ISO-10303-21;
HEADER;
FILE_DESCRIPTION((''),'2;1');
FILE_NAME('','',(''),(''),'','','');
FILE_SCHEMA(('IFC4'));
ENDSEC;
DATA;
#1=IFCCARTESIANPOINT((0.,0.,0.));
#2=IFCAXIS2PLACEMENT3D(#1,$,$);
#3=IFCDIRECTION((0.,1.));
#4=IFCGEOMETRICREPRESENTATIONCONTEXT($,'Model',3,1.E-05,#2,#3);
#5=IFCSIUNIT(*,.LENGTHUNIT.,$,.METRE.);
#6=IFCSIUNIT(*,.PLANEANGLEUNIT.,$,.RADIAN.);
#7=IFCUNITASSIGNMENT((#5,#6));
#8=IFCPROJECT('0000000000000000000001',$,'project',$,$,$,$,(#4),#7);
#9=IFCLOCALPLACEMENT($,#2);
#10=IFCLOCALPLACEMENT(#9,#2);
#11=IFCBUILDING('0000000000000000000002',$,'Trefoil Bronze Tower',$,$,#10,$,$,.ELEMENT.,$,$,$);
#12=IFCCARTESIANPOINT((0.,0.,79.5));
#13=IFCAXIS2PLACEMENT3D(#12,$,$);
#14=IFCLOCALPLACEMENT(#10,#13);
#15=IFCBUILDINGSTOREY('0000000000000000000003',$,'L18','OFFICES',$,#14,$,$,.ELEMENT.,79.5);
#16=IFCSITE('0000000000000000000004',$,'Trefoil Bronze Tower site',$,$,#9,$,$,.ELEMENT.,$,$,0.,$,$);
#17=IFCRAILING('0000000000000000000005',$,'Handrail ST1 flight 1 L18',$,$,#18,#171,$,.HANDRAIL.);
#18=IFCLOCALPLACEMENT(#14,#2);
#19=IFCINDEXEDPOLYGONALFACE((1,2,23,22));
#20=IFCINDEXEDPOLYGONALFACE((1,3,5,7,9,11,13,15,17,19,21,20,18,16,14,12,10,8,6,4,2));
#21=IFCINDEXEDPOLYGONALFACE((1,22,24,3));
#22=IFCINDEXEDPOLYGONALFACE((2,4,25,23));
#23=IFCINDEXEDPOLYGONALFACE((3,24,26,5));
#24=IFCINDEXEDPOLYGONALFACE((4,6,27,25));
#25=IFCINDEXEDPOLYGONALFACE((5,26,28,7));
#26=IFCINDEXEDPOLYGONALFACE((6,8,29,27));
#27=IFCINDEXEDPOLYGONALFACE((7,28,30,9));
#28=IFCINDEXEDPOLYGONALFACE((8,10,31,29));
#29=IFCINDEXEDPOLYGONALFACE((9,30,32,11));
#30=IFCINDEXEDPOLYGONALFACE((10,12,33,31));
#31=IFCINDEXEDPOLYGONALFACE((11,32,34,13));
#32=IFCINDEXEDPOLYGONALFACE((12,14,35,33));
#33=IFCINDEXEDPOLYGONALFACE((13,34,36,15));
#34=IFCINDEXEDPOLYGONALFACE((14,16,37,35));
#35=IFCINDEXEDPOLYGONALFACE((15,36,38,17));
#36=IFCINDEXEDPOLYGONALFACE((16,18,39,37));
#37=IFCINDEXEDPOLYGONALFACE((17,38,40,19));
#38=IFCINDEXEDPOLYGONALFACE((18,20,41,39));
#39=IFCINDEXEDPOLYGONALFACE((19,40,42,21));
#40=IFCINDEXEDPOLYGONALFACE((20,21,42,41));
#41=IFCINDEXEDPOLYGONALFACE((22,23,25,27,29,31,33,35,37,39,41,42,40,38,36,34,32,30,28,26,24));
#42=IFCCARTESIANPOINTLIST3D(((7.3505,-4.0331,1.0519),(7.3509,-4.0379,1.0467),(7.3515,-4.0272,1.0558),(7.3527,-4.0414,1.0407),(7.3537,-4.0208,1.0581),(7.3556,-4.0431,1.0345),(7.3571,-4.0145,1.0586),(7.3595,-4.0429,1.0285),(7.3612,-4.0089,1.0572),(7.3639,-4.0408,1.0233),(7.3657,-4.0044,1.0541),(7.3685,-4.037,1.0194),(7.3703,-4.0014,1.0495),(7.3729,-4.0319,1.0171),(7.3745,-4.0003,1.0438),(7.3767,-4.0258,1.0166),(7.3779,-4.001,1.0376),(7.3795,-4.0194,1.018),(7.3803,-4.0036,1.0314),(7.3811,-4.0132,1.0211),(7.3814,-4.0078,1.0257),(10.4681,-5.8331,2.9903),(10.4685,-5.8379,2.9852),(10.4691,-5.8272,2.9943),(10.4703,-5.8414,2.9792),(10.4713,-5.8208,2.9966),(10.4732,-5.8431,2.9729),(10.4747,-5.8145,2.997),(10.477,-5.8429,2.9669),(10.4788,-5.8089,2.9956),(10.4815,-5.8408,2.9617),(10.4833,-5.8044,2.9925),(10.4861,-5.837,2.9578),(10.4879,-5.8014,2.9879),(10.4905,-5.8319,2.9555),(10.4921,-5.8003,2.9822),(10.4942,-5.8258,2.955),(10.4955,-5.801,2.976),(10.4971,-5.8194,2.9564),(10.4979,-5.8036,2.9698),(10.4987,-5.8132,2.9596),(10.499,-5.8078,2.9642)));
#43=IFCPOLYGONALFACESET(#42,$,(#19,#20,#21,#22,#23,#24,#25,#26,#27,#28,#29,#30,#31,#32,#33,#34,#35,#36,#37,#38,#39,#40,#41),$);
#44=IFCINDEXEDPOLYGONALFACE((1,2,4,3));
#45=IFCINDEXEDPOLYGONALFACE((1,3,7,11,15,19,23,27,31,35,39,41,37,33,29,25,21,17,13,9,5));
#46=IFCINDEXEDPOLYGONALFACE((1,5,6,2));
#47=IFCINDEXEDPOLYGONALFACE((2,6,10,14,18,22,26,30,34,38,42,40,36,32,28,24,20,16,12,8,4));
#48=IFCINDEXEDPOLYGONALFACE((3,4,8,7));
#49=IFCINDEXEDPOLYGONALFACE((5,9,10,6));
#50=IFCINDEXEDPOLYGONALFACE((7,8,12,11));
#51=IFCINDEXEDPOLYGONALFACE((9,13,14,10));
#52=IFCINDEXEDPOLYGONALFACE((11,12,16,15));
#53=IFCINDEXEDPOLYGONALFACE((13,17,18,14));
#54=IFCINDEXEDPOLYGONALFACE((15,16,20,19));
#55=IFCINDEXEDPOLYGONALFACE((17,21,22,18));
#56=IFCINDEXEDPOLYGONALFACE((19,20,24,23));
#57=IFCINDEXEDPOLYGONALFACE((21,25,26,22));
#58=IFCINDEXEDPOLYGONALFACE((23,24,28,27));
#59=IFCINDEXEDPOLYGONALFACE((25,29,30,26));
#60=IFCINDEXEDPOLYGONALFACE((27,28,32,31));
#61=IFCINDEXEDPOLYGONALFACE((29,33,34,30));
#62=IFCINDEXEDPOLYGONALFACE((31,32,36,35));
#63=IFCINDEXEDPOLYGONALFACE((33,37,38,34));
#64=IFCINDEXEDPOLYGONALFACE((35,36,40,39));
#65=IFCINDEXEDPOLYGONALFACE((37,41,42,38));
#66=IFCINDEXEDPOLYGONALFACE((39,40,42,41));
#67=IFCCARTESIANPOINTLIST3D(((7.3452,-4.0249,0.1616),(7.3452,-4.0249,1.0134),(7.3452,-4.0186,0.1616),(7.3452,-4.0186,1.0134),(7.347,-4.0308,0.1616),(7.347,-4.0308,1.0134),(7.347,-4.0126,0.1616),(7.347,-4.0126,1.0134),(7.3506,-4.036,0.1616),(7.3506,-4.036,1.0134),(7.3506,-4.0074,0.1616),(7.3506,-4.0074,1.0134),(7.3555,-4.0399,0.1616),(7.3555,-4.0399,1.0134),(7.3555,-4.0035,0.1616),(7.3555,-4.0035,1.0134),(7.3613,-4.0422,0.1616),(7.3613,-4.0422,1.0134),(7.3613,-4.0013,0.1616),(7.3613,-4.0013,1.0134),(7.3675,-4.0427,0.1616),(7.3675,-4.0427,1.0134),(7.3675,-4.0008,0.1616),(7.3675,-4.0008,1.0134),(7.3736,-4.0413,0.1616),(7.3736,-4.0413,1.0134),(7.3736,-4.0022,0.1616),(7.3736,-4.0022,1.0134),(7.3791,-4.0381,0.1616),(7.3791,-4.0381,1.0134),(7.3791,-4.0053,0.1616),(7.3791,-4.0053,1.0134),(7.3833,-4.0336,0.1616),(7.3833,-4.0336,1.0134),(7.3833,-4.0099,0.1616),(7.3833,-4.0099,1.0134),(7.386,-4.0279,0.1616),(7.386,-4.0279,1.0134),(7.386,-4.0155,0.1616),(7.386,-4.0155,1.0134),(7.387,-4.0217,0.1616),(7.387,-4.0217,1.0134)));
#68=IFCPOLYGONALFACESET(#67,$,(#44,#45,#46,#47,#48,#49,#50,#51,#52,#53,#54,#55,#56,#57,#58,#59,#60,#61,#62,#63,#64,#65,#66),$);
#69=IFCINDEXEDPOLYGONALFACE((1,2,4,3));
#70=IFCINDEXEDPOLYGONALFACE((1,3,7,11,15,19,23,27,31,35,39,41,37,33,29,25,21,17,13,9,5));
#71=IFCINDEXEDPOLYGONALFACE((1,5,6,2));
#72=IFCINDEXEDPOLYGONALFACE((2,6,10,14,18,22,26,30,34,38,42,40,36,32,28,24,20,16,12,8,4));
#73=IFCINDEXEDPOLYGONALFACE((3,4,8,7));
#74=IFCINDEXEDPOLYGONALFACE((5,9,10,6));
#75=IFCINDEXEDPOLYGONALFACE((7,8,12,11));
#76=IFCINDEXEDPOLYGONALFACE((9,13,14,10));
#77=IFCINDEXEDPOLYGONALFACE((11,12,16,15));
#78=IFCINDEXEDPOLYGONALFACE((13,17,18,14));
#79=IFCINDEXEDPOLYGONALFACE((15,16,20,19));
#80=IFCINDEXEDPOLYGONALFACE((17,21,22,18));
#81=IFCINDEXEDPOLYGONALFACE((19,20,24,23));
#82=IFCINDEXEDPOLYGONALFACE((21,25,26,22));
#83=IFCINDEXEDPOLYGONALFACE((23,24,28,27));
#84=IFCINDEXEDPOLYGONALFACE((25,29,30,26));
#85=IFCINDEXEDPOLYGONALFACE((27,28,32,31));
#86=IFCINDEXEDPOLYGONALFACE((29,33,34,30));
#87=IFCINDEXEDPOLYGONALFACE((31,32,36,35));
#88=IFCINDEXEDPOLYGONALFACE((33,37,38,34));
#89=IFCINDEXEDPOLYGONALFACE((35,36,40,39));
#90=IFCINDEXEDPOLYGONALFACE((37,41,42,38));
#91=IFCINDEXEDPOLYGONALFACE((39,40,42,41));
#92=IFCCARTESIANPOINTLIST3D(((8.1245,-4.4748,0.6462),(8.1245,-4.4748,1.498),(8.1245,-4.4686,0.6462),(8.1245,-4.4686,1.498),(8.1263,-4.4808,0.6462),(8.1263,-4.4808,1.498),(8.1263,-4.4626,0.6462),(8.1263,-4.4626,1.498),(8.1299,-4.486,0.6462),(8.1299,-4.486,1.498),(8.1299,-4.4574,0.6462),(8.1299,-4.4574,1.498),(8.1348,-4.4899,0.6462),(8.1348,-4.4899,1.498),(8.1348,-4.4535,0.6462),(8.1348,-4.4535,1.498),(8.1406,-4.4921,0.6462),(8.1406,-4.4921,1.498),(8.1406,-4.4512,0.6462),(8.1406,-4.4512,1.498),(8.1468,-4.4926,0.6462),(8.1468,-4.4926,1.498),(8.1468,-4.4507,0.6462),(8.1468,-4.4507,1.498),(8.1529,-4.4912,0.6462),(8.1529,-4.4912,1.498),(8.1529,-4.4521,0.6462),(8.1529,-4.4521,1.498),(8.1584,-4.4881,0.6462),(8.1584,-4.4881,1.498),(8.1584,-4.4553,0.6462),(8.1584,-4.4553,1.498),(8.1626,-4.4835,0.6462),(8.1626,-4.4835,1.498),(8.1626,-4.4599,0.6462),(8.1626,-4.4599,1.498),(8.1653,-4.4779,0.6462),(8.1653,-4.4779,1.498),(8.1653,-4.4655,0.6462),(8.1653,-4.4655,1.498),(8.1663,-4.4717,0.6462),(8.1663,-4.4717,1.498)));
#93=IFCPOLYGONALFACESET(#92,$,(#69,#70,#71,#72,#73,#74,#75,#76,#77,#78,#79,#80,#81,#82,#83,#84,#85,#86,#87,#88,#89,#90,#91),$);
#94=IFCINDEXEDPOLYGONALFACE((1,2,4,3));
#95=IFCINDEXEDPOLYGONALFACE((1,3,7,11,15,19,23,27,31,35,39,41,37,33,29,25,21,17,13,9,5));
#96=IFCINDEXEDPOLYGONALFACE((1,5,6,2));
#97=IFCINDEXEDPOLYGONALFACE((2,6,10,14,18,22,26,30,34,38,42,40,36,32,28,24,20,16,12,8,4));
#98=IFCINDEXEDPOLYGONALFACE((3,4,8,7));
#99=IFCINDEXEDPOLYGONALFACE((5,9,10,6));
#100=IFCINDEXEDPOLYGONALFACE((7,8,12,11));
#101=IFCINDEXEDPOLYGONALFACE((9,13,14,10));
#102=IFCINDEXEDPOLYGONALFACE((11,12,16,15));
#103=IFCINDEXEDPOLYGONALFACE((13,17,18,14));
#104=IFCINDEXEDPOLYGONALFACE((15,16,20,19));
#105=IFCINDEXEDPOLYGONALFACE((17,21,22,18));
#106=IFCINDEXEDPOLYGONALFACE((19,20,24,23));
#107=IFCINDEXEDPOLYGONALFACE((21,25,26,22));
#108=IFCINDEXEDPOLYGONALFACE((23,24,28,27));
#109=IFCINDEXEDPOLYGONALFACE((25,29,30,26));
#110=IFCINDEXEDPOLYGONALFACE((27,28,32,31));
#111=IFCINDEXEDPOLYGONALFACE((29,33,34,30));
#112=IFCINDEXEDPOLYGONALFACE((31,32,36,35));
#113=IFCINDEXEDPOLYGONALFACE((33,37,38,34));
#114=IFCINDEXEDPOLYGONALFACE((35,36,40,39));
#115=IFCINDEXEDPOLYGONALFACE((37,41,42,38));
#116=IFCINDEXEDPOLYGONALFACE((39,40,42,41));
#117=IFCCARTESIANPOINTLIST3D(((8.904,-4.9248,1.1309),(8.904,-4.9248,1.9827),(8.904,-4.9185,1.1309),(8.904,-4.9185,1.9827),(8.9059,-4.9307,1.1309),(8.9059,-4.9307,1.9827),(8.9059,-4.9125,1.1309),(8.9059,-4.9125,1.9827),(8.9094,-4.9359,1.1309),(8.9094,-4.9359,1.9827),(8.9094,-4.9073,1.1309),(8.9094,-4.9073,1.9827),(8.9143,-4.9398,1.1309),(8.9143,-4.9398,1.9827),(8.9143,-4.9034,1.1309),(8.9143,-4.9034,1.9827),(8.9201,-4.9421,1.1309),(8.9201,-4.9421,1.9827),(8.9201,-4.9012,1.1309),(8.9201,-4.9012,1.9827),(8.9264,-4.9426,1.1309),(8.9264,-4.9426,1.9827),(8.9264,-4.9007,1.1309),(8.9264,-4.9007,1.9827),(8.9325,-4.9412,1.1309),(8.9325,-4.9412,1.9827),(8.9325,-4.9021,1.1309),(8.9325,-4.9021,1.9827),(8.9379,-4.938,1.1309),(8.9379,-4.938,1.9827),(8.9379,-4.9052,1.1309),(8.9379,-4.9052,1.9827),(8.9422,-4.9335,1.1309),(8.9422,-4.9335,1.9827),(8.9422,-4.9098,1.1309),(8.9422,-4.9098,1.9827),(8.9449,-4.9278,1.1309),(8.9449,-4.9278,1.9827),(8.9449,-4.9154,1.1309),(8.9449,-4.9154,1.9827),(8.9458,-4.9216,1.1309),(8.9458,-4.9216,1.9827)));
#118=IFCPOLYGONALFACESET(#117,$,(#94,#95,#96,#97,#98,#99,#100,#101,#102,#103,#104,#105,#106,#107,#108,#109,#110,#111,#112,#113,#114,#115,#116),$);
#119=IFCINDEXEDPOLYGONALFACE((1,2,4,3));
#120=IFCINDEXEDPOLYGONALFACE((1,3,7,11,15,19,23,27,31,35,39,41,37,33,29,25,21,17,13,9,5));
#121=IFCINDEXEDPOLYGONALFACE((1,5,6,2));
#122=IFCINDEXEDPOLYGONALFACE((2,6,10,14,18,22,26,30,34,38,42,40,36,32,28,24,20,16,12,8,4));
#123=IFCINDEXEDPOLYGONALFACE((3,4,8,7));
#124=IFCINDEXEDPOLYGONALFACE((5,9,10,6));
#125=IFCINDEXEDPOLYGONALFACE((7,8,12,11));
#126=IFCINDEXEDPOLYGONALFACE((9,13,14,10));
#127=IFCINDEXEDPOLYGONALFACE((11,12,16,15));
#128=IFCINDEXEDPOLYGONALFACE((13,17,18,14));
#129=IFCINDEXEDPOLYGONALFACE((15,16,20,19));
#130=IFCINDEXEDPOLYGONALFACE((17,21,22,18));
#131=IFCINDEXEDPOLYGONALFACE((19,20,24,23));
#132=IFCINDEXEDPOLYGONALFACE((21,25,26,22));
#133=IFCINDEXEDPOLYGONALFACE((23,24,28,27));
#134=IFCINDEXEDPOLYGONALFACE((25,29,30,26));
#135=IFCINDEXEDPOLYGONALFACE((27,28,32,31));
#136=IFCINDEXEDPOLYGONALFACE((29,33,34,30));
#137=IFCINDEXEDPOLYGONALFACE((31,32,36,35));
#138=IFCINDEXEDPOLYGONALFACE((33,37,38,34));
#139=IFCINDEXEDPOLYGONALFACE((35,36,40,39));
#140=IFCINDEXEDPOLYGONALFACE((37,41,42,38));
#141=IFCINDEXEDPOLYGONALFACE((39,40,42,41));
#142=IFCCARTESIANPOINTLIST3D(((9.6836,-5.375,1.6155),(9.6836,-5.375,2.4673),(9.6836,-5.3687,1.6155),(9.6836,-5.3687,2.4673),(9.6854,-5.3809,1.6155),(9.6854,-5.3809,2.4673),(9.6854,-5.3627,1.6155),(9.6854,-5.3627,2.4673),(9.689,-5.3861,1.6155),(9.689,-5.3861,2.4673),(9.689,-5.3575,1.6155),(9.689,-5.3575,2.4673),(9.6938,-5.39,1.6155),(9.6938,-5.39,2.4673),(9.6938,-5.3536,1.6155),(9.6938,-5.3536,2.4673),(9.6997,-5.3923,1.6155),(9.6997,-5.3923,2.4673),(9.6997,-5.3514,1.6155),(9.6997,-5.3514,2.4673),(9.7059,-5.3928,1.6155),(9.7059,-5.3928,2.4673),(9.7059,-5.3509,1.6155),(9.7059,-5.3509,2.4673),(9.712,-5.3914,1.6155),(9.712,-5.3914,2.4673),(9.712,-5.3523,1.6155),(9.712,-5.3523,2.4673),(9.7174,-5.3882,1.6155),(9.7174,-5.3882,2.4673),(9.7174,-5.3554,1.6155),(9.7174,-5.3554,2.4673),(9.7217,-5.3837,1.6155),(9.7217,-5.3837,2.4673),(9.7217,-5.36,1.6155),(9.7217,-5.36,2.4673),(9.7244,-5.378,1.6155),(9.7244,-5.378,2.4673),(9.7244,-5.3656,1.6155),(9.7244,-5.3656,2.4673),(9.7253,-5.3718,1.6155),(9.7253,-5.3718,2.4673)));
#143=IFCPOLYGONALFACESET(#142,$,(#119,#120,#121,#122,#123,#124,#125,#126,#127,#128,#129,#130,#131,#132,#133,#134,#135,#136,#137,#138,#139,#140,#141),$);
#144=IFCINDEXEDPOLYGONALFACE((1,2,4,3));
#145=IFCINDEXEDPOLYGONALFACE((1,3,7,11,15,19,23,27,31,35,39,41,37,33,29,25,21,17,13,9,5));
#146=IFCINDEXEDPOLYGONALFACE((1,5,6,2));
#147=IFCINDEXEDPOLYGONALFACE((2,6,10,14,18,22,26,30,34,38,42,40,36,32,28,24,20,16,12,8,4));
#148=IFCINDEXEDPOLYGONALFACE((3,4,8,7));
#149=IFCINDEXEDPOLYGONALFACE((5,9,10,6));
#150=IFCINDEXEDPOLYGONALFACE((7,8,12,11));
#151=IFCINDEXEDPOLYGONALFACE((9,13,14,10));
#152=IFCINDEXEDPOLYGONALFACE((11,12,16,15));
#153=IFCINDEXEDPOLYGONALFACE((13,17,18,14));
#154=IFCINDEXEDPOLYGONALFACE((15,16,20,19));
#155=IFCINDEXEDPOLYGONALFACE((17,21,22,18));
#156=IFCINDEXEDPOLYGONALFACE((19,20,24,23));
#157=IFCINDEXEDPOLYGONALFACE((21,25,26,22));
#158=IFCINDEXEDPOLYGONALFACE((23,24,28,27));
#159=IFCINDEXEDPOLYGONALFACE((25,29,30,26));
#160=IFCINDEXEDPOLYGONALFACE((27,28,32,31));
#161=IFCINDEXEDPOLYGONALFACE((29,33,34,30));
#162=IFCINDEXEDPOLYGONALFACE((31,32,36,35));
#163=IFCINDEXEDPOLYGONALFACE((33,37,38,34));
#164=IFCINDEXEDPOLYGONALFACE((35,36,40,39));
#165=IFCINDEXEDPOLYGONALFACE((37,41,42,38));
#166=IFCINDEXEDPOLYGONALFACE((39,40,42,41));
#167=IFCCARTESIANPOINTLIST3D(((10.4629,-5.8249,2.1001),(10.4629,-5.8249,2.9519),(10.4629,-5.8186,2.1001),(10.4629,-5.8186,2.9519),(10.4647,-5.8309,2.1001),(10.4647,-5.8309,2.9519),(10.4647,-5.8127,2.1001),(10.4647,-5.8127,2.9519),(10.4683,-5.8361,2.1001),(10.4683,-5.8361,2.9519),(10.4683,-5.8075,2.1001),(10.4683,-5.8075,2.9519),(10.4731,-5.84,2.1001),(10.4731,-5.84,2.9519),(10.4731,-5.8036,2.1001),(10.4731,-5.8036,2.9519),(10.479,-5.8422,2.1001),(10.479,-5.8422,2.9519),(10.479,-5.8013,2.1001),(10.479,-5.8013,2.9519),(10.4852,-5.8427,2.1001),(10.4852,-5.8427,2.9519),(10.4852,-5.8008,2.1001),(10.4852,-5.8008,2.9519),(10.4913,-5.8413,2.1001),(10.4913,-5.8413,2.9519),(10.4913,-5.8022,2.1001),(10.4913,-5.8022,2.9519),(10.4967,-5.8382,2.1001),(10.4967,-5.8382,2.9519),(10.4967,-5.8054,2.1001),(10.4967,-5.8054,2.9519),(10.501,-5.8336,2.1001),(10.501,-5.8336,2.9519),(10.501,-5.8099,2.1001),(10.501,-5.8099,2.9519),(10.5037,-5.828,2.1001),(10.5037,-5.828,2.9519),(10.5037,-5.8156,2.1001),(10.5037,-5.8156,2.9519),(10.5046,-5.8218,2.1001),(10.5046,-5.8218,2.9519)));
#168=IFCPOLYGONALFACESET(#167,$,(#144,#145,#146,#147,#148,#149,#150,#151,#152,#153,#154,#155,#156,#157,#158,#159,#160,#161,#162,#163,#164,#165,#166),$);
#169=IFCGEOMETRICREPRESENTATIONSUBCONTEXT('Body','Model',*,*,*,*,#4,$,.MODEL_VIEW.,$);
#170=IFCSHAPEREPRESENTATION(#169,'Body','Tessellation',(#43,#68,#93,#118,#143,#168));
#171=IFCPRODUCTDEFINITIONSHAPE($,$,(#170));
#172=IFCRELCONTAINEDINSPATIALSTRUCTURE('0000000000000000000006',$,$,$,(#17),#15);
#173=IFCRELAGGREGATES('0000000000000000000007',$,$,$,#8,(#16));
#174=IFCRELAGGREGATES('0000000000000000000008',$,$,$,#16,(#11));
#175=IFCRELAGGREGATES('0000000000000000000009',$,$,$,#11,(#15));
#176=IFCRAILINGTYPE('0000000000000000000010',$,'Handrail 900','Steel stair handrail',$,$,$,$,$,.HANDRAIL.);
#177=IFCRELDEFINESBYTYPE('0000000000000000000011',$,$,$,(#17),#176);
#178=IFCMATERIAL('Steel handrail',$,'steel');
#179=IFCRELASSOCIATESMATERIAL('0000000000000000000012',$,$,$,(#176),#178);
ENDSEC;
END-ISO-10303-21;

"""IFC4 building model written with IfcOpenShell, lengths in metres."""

from ifc_helpers import new_model, si_unit, direction, frame, origin, origin_2d, place, context, subcontext, project, spatial, circle, extrude, material, type_object, element, save


model = new_model("IFC4")

# Units and contexts
model_context = context("Model", 3, precision=1e-05, world=origin(), true_north=direction((0.0, 1.0)))
body_context = subcontext(model_context, "Body", "Model", "MODEL_VIEW")
ifc_project = project(units=[si_unit("LENGTHUNIT", "METRE"), si_unit("PLANEANGLEUNIT", "RADIAN")], contexts=[model_context])

# Site, building, storey
site_placement = place(None, origin())
site = spatial("IfcSite", under=ifc_project, at=site_placement, Name="Trefoil Bronze Tower site", CompositionType="ELEMENT", RefElevation=0.0)
building_placement = place(site_placement, origin())
building = spatial("IfcBuilding", under=site, at=building_placement, Name="Trefoil Bronze Tower", CompositionType="ELEMENT")
storey_placement = place(building_placement, frame((0.0, 0.0, 79.5)))
storey = spatial("IfcBuildingStorey", under=building, at=storey_placement, Name="L18", Description="OFFICES", CompositionType="ELEMENT", Elevation=79.5)

# Railing
ifc_material_1 = material(Name="Steel handrail", Category="steel")
railing_type = type_object("IfcRailingType", Name="Handrail 900", Description="Steel stair handrail", PredefinedType="HANDRAIL", material=ifc_material_1)
railing_1_placement = place(storey_placement, frame((7.366, -4.0217, 0.1616)))
element("IfcRailing", 1, at=railing_1_placement, inside=storey, type_object=railing_type, Name="Handrail ST1 flight 1 L18", PredefinedType="HANDRAIL", context=body_context, shape_type="SweptSolid", body=[
    extrude(circle(Radius=0.0239, at=origin_2d()), frame((0.0, 0.0, 0.876), z_axis=(0.762503, -0.440246, 0.474102), x_axis=(0.500012, 0.866018, 0.0)), (0.0, 0.0, 1.0), 4.0886),
    extrude(circle(Radius=0.021, at=origin_2d()), origin(), (0.0, 0.0, 1.0), 0.8518),
    extrude(circle(Radius=0.021, at=origin_2d()), frame((0.7793, -0.45, 0.4846)), (0.0, 0.0, 1.0), 0.8518),
    extrude(circle(Radius=0.021, at=origin_2d()), frame((1.5588, -0.8999, 0.9692)), (0.0, 0.0, 1.0), 0.8518),
    extrude(circle(Radius=0.021, at=origin_2d()), frame((2.3384, -1.3501, 1.4539)), (0.0, 0.0, 1.0), 0.8518),
    extrude(circle(Radius=0.021, at=origin_2d()), frame((3.1177, -1.8, 1.9385)), (0.0, 0.0, 1.0), 0.8518),
])

save(model, "model.ifc")
